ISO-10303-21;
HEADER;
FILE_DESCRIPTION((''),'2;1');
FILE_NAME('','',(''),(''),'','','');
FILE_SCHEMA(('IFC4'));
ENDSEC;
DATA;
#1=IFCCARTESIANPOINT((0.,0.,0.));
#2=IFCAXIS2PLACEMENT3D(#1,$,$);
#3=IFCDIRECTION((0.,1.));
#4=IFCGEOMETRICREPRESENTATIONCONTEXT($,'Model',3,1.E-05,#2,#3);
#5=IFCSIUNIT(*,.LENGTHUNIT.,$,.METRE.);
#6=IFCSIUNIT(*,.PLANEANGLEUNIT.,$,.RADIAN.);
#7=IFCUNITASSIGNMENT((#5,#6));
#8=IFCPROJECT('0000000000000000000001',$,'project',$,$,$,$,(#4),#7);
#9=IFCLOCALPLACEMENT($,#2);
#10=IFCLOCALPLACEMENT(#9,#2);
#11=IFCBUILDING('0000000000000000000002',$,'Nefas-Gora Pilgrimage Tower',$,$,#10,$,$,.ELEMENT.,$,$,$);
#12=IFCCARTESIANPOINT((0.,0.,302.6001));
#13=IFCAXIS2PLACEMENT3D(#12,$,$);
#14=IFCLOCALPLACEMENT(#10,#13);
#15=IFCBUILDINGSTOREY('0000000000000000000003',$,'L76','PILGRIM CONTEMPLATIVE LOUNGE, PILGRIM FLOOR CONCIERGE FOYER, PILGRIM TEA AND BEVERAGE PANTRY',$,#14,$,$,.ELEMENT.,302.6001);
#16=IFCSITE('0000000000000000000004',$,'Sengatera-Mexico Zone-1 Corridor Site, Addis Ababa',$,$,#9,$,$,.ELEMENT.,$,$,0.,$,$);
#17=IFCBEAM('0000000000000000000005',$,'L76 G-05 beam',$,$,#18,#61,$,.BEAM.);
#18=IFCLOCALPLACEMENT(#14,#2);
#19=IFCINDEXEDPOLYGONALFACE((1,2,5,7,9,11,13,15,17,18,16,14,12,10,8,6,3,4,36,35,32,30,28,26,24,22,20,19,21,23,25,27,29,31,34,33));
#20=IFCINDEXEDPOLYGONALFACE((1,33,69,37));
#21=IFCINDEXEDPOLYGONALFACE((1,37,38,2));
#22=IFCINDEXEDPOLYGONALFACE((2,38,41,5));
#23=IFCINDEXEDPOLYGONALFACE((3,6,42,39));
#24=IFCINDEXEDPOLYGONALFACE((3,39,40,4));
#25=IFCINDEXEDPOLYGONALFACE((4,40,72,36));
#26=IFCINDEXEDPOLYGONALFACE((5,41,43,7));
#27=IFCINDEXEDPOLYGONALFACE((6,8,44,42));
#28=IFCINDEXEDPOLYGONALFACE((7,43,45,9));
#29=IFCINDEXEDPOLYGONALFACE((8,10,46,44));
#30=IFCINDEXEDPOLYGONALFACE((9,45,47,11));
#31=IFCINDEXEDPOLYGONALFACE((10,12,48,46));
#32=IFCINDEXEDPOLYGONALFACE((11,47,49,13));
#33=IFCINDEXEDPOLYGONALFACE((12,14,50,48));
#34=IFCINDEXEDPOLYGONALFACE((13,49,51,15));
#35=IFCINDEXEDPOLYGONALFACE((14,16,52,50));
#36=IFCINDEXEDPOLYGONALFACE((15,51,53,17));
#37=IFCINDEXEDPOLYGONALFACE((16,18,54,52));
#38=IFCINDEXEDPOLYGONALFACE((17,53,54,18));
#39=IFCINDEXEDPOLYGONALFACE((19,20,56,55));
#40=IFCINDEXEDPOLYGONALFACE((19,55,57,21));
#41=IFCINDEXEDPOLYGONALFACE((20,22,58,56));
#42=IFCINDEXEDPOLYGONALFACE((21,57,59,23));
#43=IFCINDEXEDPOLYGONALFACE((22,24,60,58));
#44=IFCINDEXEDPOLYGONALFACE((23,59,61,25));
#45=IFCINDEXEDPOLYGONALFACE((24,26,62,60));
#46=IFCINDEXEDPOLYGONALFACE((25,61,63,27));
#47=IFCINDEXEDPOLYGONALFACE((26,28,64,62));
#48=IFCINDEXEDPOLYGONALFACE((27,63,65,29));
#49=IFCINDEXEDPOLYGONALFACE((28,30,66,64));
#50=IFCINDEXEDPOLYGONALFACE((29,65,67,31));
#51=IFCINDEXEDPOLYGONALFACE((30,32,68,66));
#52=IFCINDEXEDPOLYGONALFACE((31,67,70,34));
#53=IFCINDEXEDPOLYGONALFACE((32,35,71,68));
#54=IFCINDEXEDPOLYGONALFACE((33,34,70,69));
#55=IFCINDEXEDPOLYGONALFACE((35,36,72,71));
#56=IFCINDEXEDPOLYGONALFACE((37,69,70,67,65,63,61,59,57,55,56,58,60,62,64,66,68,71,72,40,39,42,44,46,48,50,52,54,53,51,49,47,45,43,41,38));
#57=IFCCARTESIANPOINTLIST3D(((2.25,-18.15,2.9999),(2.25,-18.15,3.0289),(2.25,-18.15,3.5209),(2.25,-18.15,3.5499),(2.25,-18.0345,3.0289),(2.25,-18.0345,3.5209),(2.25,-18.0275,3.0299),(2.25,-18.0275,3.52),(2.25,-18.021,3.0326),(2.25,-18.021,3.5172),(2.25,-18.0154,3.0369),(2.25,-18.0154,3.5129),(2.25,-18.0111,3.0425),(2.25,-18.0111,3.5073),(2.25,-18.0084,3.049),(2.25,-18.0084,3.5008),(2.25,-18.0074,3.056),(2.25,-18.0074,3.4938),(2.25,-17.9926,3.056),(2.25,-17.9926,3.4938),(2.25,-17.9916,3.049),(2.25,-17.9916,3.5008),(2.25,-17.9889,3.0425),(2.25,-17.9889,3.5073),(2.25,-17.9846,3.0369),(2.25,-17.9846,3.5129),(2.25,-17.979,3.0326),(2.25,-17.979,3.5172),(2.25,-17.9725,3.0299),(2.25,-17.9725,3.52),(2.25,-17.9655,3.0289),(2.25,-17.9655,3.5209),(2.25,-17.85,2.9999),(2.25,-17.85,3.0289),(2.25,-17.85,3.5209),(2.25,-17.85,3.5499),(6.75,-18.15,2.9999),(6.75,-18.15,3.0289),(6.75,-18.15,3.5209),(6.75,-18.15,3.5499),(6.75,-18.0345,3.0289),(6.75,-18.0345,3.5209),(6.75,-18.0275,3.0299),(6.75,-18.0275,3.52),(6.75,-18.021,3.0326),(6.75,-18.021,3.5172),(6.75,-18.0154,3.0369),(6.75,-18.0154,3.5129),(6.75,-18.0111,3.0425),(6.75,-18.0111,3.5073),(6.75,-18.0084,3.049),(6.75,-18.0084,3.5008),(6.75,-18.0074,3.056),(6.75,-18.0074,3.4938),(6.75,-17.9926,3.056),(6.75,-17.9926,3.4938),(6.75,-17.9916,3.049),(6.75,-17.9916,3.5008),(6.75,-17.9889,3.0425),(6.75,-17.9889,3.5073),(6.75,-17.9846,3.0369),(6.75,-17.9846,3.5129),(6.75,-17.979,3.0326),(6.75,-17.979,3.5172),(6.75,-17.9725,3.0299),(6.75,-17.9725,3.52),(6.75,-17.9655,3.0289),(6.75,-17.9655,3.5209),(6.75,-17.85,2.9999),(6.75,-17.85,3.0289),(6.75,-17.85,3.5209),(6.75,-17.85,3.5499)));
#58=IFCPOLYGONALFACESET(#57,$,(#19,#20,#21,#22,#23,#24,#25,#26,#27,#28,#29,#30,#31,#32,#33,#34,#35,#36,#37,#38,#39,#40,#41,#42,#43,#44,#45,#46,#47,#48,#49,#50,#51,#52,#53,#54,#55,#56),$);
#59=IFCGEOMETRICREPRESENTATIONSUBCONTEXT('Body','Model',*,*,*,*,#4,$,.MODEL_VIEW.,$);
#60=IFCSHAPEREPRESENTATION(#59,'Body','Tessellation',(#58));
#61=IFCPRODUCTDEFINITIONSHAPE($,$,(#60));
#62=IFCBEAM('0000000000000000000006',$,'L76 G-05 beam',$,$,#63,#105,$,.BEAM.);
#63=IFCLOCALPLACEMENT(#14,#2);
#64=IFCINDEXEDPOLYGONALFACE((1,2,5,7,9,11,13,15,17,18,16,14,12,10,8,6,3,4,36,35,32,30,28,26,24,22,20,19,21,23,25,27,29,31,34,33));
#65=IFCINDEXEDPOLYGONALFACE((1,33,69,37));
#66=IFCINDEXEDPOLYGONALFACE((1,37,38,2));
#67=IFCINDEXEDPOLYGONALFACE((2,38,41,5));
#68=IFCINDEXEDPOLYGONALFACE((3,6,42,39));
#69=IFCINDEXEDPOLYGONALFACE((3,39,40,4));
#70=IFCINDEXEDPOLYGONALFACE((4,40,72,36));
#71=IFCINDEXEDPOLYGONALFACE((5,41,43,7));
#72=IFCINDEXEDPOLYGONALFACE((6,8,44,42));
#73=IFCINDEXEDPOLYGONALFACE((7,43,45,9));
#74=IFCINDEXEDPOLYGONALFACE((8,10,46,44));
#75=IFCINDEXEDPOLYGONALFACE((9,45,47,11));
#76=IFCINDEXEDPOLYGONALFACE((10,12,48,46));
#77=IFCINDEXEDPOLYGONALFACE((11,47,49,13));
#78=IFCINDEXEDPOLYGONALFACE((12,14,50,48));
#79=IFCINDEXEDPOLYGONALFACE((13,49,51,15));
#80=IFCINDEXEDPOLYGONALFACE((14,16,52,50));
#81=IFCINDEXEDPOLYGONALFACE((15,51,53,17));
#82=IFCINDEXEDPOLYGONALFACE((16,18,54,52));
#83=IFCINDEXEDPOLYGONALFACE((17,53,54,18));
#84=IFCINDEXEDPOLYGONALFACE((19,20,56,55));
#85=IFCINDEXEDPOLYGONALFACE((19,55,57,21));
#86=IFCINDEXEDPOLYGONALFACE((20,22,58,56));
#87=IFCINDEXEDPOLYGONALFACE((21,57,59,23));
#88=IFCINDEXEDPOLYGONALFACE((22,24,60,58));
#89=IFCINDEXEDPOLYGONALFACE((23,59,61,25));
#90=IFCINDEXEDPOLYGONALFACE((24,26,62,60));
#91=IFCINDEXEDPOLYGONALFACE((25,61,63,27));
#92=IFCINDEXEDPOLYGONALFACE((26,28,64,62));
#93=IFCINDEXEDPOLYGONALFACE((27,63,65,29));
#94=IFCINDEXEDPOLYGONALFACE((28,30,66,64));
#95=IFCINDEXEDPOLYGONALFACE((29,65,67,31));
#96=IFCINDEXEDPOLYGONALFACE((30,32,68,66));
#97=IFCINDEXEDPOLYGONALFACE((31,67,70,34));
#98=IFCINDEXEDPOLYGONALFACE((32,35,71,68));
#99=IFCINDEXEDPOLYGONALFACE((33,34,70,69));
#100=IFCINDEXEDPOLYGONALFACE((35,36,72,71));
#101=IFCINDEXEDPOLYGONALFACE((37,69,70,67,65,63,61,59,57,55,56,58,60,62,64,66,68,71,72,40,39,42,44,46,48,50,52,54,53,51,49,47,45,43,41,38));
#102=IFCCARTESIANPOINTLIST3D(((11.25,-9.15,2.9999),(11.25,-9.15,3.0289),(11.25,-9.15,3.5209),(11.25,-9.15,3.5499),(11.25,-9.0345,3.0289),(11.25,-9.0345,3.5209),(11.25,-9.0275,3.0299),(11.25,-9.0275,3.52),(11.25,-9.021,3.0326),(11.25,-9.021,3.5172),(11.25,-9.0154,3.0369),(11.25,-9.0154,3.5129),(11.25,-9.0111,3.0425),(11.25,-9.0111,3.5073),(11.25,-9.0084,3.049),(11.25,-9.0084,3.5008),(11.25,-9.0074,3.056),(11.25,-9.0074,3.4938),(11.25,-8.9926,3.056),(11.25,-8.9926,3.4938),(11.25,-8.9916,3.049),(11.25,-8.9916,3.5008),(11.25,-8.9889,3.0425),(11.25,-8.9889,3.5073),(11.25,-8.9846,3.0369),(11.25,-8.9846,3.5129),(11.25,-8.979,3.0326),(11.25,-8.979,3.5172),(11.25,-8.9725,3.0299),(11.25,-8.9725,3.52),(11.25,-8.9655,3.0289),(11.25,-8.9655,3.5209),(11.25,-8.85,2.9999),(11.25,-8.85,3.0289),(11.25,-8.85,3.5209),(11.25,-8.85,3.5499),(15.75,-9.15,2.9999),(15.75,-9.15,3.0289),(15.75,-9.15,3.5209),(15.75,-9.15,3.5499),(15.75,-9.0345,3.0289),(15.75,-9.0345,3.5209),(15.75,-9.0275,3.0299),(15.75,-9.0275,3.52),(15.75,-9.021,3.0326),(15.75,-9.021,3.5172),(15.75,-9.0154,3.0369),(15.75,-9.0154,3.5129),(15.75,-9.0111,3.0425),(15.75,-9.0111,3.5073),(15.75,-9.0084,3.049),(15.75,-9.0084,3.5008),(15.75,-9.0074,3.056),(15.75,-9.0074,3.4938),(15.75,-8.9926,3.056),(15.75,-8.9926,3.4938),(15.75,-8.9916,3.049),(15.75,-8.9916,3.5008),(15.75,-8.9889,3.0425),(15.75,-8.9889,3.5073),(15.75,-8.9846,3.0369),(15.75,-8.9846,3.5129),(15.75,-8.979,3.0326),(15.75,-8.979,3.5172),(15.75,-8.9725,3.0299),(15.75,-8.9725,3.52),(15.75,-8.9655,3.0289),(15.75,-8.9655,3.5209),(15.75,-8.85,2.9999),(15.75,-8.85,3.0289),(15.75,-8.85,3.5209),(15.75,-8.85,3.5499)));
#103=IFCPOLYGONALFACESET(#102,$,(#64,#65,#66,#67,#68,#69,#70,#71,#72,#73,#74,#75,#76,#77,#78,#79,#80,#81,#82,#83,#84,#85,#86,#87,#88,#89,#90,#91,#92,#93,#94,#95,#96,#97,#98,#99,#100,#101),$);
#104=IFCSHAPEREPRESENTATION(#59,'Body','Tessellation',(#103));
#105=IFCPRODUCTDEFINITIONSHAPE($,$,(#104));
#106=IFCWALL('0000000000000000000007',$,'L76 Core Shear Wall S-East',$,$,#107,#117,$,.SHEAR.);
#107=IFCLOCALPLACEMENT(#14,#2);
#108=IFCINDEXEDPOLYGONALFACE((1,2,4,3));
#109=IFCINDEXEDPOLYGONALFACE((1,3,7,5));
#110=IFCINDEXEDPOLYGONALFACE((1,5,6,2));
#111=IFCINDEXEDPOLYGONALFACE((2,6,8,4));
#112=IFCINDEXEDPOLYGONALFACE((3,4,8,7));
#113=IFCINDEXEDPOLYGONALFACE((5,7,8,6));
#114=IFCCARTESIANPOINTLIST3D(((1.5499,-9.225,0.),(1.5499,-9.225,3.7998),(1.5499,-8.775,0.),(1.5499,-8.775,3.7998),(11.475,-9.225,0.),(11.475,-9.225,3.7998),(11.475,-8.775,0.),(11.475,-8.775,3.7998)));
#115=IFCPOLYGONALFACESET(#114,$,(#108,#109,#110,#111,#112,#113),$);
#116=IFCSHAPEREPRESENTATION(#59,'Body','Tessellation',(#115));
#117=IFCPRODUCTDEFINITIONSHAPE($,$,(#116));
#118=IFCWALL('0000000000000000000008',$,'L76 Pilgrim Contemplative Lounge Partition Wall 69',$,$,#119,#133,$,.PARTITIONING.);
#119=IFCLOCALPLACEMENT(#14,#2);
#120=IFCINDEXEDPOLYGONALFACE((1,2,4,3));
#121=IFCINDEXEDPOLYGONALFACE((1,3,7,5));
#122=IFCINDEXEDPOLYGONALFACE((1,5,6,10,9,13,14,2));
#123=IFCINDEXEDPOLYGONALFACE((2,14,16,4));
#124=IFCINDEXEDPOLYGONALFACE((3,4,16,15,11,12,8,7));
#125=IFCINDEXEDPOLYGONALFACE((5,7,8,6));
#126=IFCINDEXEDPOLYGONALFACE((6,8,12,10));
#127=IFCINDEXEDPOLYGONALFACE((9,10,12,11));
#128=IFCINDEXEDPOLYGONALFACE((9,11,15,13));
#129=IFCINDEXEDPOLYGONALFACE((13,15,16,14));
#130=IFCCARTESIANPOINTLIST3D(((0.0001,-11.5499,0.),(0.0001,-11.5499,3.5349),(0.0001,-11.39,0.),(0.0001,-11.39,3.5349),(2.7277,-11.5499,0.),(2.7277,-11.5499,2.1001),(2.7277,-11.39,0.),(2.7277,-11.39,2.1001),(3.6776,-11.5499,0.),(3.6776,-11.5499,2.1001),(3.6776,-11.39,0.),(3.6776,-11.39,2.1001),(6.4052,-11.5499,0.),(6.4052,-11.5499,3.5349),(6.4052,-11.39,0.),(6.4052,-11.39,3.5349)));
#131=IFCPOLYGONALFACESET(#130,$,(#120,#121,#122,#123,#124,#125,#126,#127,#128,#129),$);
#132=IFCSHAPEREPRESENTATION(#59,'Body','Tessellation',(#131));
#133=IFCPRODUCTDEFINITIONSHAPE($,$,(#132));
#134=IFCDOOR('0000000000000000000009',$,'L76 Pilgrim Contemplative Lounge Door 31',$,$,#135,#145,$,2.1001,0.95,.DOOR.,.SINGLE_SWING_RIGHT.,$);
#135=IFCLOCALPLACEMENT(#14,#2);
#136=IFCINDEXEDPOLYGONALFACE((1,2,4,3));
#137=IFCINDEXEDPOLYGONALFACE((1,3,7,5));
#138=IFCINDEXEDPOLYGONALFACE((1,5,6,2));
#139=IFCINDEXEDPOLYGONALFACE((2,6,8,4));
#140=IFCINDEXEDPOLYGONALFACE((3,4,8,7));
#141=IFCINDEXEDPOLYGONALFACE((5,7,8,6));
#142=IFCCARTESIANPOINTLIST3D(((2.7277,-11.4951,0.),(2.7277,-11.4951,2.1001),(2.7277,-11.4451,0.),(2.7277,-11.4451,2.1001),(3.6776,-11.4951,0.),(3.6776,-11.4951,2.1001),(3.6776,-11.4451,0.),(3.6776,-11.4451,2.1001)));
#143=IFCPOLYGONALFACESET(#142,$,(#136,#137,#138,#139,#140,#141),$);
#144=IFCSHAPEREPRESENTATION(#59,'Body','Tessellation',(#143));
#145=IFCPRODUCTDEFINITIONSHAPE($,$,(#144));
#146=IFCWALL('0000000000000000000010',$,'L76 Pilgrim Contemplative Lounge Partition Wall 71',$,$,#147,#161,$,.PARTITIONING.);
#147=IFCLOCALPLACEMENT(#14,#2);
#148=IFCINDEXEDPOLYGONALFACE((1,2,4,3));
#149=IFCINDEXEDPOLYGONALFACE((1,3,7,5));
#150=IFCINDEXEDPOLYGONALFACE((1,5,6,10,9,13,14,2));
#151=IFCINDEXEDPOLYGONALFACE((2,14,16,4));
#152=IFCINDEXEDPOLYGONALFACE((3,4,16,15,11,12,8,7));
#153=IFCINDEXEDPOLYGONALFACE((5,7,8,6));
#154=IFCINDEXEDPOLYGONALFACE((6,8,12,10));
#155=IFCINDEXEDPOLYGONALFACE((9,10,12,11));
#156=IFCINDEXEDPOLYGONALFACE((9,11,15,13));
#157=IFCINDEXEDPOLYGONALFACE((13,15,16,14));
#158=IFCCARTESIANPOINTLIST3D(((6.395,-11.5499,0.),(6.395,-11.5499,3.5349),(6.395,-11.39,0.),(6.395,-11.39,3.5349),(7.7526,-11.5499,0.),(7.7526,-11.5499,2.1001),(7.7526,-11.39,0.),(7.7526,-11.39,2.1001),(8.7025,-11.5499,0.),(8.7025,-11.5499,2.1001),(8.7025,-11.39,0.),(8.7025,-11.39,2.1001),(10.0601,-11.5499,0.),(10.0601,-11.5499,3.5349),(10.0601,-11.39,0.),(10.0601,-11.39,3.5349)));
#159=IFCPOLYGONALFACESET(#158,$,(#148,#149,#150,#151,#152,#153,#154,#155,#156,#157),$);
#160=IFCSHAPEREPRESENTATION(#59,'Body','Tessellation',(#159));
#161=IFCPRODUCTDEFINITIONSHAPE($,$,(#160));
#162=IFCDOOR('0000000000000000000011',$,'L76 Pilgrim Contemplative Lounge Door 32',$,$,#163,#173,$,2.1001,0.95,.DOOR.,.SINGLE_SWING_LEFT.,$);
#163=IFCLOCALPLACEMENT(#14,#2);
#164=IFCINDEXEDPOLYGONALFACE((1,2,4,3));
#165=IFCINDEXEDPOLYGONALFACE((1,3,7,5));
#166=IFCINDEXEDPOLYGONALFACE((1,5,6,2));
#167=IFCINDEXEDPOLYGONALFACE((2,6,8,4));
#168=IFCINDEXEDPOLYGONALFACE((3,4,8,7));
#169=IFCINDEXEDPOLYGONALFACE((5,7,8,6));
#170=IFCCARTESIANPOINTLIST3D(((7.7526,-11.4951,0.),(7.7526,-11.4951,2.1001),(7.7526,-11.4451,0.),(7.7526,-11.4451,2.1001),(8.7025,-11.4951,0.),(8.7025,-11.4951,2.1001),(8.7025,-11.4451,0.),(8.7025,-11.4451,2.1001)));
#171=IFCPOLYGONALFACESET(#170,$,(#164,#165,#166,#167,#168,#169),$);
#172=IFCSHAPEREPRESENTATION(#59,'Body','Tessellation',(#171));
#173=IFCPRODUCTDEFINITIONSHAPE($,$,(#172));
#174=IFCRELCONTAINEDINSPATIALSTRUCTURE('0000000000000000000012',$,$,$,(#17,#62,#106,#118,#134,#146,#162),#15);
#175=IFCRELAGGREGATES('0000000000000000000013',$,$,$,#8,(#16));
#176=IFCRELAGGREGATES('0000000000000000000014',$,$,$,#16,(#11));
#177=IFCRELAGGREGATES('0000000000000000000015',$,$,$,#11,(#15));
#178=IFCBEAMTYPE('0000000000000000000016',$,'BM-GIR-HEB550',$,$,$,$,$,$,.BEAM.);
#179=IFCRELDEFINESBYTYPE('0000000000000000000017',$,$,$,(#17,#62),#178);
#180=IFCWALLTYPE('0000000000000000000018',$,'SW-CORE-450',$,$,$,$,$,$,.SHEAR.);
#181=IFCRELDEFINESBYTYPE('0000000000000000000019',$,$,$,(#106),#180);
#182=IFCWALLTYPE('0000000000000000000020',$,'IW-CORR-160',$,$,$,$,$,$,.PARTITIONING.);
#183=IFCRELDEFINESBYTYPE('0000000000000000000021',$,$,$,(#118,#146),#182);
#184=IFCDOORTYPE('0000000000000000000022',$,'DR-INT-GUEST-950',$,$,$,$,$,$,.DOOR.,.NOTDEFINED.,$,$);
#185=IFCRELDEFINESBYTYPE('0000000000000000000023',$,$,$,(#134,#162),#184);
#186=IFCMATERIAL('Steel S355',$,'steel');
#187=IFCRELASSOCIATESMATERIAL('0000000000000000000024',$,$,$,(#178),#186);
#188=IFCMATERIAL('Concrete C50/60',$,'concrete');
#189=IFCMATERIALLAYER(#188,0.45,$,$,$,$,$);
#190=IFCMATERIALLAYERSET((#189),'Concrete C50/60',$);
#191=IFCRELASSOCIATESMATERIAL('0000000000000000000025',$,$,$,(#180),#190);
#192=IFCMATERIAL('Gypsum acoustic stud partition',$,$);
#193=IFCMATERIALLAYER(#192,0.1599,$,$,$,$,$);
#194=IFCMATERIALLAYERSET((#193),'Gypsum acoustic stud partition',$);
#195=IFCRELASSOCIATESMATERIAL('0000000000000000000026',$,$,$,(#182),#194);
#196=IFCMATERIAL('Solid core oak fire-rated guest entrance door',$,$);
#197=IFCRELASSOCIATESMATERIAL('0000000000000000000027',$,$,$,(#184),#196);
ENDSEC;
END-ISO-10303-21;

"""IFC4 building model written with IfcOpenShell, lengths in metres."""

from ifc_helpers import new_model, si_unit, direction, frame, frame_2d, origin, origin_2d, place, context, subcontext, project, spatial, rectangle, i_section, extrude, source, transform, mapped, material, layer, layer_set, material_profile, profile_set, type_object, element, fill, save


model = new_model("IFC4")

# Units and contexts
model_context = context("Model", 3, precision=1e-05, world=origin(), true_north=direction((0.0, 1.0)))
body_context = subcontext(model_context, "Body", "Model", "MODEL_VIEW")
ifc_project = project(units=[si_unit("LENGTHUNIT", "METRE"), si_unit("PLANEANGLEUNIT", "RADIAN")], contexts=[model_context])

# Site, building, storey
site_placement = place(None, origin())
site = spatial("IfcSite", under=ifc_project, at=site_placement, Name="Sengatera-Mexico Zone-1 Corridor Site, Addis Ababa", CompositionType="ELEMENT", RefElevation=0.0)
building_placement = place(site_placement, origin())
building = spatial("IfcBuilding", under=site, at=building_placement, Name="Nefas-Gora Pilgrimage Tower", CompositionType="ELEMENT")
storey_placement = place(building_placement, frame((0.0, 0.0, 302.6001)))
storey = spatial("IfcBuildingStorey", under=building, at=storey_placement, Name="L76", Description="PILGRIM CONTEMPLATIVE LOUNGE, PILGRIM FLOOR CONCIERGE FOYER, PILGRIM TEA AND BEVERAGE PANTRY", CompositionType="ELEMENT", Elevation=302.6001)

# Shared definitions
ifc_material_1 = material(Name="Steel S355", Category="steel")
ifc_material_2 = material(Name="Concrete C50/60", Category="concrete")

# Beams
ifc_material_profile_1 = material_profile(ifc_material_1, i_section(OverallWidth=0.3, OverallDepth=0.55, WebThickness=0.0149, FlangeThickness=0.0291, FilletRadius=0.0271, at=origin_2d()), Name="HEB 550")
ifc_profile_set_1 = profile_set([ifc_material_profile_1], Name="Steel S355")
beam_type_1 = type_object("IfcBeamType", Name="BM-GIR-HEB550", PredefinedType="BEAM", material=ifc_profile_set_1)
shared_shape_1 = source(origin(), body_context, "Body", "SweptSolid", [
    extrude(i_section(OverallWidth=0.3, OverallDepth=0.55, WebThickness=0.0149, FlangeThickness=0.0291, FilletRadius=0.0271, at=origin_2d()), origin(), (0.0, 0.0, 1.0), 4.5),
])
for number, where, z_axis, x_axis, name in (
    (1, (2.25, -18.0, 3.2749), (1.0, 0.0, 0.0), (0.0, 1.0, 0.0), "L76 G-05 beam"),
    (2, (11.25, -9.0, 3.2749), (1.0, 0.0, 0.0), (0.0, 1.0, 0.0), "L76 G-05 beam"),
):
    element("IfcBeam", number, at=place(storey_placement, frame(where, z_axis=z_axis, x_axis=x_axis)), inside=storey, type_object=beam_type_1, Name=name, PredefinedType="BEAM", context=body_context, shape_type="MappedRepresentation", body=[
        mapped(shared_shape_1, transform((0.0, 0.0, 0.0), x_axis=(1.0, 0.0, 0.0), y_axis=(0.0, 1.0, 0.0), z_axis=(0.0, 0.0, 1.0), scale=1.0)),
    ])

# Wall
ifc_layer_1 = layer(ifc_material_2, 0.45)
ifc_layer_set_1 = layer_set([ifc_layer_1], Name="Concrete C50/60")
wall_type_1 = type_object("IfcWallType", Name="SW-CORE-450", PredefinedType="SHEAR", material=ifc_layer_set_1)
shared_shape_2 = source(origin(), body_context, "Body", "SweptSolid", [
    extrude(rectangle(XDim=9.925, YDim=0.45, at=frame_2d((4.9624, 0.0))), origin(), (0.0, 0.0, 1.0), 3.7998),
])
wall_1_placement = place(storey_placement, frame((1.55, -9.0, 0.0), z_axis=(0.0, 0.0, 1.0), x_axis=(1.0, 0.0, 0.0)))
element("IfcWall", 3, at=wall_1_placement, inside=storey, type_object=wall_type_1, Name="L76 Core Shear Wall S-East", PredefinedType="SHEAR", context=body_context, shape_type="MappedRepresentation", body=[
    mapped(shared_shape_2, transform((0.0, 0.0, 0.0), x_axis=(1.0, 0.0, 0.0), y_axis=(0.0, 1.0, 0.0), z_axis=(0.0, 0.0, 1.0), scale=1.0)),
])

# Walls, openings, doors
ifc_material_3 = material(Name="Gypsum acoustic stud partition")
ifc_layer_2 = layer(ifc_material_3, 0.1599)
ifc_layer_set_2 = layer_set([ifc_layer_2], Name="Gypsum acoustic stud partition")
wall_type_2 = type_object("IfcWallType", Name="IW-CORR-160", PredefinedType="PARTITIONING", material=ifc_layer_set_2)
shared_shape_3 = source(origin(), body_context, "Body", "SweptSolid", [
    extrude(rectangle(XDim=6.405, YDim=0.1599, at=frame_2d((3.2026, 0.0))), origin(), (0.0, 0.0, 1.0), 3.5349),
])
wall_2_placement = place(storey_placement, frame((0.0, -11.47, 0.0), z_axis=(0.0, 0.0, 1.0), x_axis=(1.0, 0.0, 0.0)))
wall_2 = element("IfcWall", 4, at=wall_2_placement, inside=storey, type_object=wall_type_2, Name="L76 Pilgrim Contemplative Lounge Partition Wall 69", PredefinedType="PARTITIONING", context=body_context, shape_type="MappedRepresentation", body=[
    mapped(shared_shape_3, transform((0.0, 0.0, 0.0), x_axis=(1.0, 0.0, 0.0), y_axis=(0.0, 1.0, 0.0), z_axis=(0.0, 0.0, 1.0), scale=1.0)),
])
opening_1_placement = place(wall_2_placement, frame((2.7275, 0.0, 0.0)))
opening_1 = element("IfcOpeningElement", 5, at=opening_1_placement, cuts=wall_2, PredefinedType="OPENING", context=body_context, shape_type="SweptSolid", body=[
    extrude(rectangle(XDim=0.95, YDim=2.1001, at=frame_2d((0.4751, 1.05))), frame((0.0, 0.0898, 0.0), z_axis=(0.0, -1.0, 0.0), x_axis=(1.0, 0.0, 0.0)), (0.0, 0.0, 1.0), 0.1799),
])
ifc_material_4 = material(Name="Solid core oak fire-rated guest entrance door")
door_type_1 = type_object("IfcDoorType", Name="DR-INT-GUEST-950", OperationType="NOTDEFINED", PredefinedType="DOOR", material=ifc_material_4)
shared_shape_4 = source(origin(), body_context, "Body", "SweptSolid", [
    extrude(rectangle(XDim=0.95, YDim=2.1001, at=frame_2d((0.4751, 1.05))), frame((0.0, 0.0249, 0.0), z_axis=(0.0, -1.0, 0.0), x_axis=(1.0, 0.0, 0.0)), (0.0, 0.0, 1.0), 0.05),
])
door_1_placement = place(opening_1_placement, origin())
door_1 = element("IfcDoor", 6, at=door_1_placement, inside=storey, type_object=door_type_1, Name="L76 Pilgrim Contemplative Lounge Door 31", OperationType="SINGLE_SWING_RIGHT", OverallHeight=2.1001, OverallWidth=0.95, PredefinedType="DOOR", context=body_context, shape_type="MappedRepresentation", body=[
    mapped(shared_shape_4, transform((0.0, 0.0, 0.0), x_axis=(1.0, 0.0, 0.0), y_axis=(0.0, 1.0, 0.0), z_axis=(0.0, 0.0, 1.0), scale=1.0)),
])
fill(opening_1, door_1)
shared_shape_5 = source(origin(), body_context, "Body", "SweptSolid", [
    extrude(rectangle(XDim=3.665, YDim=0.1599, at=frame_2d((1.8325, 0.0))), origin(), (0.0, 0.0, 1.0), 3.5349),
])
wall_3_placement = place(storey_placement, frame((6.395, -11.47, 0.0), z_axis=(0.0, 0.0, 1.0), x_axis=(1.0, 0.0, 0.0)))
wall_3 = element("IfcWall", 7, at=wall_3_placement, inside=storey, type_object=wall_type_2, Name="L76 Pilgrim Contemplative Lounge Partition Wall 71", PredefinedType="PARTITIONING", context=body_context, shape_type="MappedRepresentation", body=[
    mapped(shared_shape_5, transform((0.0, 0.0, 0.0), x_axis=(1.0, 0.0, 0.0), y_axis=(0.0, 1.0, 0.0), z_axis=(0.0, 0.0, 1.0), scale=1.0)),
])
opening_2_placement = place(wall_3_placement, frame((1.3574, 0.0, 0.0)))
opening_2 = element("IfcOpeningElement", 8, at=opening_2_placement, cuts=wall_3, PredefinedType="OPENING", context=body_context, shape_type="SweptSolid", body=[
    extrude(rectangle(XDim=0.95, YDim=2.1001, at=frame_2d((0.4751, 1.05))), frame((0.0, 0.0898, 0.0), z_axis=(0.0, -1.0, 0.0), x_axis=(1.0, 0.0, 0.0)), (0.0, 0.0, 1.0), 0.1799),
])
door_2_placement = place(opening_2_placement, origin())
door_2 = element("IfcDoor", 9, at=door_2_placement, inside=storey, type_object=door_type_1, Name="L76 Pilgrim Contemplative Lounge Door 32", OperationType="SINGLE_SWING_LEFT", OverallHeight=2.1001, OverallWidth=0.95, PredefinedType="DOOR", context=body_context, shape_type="MappedRepresentation", body=[
    mapped(shared_shape_4, transform((0.0, 0.0, 0.0), x_axis=(1.0, 0.0, 0.0), y_axis=(0.0, 1.0, 0.0), z_axis=(0.0, 0.0, 1.0), scale=1.0)),
])
fill(opening_2, door_2)

save(model, "model.ifc")
